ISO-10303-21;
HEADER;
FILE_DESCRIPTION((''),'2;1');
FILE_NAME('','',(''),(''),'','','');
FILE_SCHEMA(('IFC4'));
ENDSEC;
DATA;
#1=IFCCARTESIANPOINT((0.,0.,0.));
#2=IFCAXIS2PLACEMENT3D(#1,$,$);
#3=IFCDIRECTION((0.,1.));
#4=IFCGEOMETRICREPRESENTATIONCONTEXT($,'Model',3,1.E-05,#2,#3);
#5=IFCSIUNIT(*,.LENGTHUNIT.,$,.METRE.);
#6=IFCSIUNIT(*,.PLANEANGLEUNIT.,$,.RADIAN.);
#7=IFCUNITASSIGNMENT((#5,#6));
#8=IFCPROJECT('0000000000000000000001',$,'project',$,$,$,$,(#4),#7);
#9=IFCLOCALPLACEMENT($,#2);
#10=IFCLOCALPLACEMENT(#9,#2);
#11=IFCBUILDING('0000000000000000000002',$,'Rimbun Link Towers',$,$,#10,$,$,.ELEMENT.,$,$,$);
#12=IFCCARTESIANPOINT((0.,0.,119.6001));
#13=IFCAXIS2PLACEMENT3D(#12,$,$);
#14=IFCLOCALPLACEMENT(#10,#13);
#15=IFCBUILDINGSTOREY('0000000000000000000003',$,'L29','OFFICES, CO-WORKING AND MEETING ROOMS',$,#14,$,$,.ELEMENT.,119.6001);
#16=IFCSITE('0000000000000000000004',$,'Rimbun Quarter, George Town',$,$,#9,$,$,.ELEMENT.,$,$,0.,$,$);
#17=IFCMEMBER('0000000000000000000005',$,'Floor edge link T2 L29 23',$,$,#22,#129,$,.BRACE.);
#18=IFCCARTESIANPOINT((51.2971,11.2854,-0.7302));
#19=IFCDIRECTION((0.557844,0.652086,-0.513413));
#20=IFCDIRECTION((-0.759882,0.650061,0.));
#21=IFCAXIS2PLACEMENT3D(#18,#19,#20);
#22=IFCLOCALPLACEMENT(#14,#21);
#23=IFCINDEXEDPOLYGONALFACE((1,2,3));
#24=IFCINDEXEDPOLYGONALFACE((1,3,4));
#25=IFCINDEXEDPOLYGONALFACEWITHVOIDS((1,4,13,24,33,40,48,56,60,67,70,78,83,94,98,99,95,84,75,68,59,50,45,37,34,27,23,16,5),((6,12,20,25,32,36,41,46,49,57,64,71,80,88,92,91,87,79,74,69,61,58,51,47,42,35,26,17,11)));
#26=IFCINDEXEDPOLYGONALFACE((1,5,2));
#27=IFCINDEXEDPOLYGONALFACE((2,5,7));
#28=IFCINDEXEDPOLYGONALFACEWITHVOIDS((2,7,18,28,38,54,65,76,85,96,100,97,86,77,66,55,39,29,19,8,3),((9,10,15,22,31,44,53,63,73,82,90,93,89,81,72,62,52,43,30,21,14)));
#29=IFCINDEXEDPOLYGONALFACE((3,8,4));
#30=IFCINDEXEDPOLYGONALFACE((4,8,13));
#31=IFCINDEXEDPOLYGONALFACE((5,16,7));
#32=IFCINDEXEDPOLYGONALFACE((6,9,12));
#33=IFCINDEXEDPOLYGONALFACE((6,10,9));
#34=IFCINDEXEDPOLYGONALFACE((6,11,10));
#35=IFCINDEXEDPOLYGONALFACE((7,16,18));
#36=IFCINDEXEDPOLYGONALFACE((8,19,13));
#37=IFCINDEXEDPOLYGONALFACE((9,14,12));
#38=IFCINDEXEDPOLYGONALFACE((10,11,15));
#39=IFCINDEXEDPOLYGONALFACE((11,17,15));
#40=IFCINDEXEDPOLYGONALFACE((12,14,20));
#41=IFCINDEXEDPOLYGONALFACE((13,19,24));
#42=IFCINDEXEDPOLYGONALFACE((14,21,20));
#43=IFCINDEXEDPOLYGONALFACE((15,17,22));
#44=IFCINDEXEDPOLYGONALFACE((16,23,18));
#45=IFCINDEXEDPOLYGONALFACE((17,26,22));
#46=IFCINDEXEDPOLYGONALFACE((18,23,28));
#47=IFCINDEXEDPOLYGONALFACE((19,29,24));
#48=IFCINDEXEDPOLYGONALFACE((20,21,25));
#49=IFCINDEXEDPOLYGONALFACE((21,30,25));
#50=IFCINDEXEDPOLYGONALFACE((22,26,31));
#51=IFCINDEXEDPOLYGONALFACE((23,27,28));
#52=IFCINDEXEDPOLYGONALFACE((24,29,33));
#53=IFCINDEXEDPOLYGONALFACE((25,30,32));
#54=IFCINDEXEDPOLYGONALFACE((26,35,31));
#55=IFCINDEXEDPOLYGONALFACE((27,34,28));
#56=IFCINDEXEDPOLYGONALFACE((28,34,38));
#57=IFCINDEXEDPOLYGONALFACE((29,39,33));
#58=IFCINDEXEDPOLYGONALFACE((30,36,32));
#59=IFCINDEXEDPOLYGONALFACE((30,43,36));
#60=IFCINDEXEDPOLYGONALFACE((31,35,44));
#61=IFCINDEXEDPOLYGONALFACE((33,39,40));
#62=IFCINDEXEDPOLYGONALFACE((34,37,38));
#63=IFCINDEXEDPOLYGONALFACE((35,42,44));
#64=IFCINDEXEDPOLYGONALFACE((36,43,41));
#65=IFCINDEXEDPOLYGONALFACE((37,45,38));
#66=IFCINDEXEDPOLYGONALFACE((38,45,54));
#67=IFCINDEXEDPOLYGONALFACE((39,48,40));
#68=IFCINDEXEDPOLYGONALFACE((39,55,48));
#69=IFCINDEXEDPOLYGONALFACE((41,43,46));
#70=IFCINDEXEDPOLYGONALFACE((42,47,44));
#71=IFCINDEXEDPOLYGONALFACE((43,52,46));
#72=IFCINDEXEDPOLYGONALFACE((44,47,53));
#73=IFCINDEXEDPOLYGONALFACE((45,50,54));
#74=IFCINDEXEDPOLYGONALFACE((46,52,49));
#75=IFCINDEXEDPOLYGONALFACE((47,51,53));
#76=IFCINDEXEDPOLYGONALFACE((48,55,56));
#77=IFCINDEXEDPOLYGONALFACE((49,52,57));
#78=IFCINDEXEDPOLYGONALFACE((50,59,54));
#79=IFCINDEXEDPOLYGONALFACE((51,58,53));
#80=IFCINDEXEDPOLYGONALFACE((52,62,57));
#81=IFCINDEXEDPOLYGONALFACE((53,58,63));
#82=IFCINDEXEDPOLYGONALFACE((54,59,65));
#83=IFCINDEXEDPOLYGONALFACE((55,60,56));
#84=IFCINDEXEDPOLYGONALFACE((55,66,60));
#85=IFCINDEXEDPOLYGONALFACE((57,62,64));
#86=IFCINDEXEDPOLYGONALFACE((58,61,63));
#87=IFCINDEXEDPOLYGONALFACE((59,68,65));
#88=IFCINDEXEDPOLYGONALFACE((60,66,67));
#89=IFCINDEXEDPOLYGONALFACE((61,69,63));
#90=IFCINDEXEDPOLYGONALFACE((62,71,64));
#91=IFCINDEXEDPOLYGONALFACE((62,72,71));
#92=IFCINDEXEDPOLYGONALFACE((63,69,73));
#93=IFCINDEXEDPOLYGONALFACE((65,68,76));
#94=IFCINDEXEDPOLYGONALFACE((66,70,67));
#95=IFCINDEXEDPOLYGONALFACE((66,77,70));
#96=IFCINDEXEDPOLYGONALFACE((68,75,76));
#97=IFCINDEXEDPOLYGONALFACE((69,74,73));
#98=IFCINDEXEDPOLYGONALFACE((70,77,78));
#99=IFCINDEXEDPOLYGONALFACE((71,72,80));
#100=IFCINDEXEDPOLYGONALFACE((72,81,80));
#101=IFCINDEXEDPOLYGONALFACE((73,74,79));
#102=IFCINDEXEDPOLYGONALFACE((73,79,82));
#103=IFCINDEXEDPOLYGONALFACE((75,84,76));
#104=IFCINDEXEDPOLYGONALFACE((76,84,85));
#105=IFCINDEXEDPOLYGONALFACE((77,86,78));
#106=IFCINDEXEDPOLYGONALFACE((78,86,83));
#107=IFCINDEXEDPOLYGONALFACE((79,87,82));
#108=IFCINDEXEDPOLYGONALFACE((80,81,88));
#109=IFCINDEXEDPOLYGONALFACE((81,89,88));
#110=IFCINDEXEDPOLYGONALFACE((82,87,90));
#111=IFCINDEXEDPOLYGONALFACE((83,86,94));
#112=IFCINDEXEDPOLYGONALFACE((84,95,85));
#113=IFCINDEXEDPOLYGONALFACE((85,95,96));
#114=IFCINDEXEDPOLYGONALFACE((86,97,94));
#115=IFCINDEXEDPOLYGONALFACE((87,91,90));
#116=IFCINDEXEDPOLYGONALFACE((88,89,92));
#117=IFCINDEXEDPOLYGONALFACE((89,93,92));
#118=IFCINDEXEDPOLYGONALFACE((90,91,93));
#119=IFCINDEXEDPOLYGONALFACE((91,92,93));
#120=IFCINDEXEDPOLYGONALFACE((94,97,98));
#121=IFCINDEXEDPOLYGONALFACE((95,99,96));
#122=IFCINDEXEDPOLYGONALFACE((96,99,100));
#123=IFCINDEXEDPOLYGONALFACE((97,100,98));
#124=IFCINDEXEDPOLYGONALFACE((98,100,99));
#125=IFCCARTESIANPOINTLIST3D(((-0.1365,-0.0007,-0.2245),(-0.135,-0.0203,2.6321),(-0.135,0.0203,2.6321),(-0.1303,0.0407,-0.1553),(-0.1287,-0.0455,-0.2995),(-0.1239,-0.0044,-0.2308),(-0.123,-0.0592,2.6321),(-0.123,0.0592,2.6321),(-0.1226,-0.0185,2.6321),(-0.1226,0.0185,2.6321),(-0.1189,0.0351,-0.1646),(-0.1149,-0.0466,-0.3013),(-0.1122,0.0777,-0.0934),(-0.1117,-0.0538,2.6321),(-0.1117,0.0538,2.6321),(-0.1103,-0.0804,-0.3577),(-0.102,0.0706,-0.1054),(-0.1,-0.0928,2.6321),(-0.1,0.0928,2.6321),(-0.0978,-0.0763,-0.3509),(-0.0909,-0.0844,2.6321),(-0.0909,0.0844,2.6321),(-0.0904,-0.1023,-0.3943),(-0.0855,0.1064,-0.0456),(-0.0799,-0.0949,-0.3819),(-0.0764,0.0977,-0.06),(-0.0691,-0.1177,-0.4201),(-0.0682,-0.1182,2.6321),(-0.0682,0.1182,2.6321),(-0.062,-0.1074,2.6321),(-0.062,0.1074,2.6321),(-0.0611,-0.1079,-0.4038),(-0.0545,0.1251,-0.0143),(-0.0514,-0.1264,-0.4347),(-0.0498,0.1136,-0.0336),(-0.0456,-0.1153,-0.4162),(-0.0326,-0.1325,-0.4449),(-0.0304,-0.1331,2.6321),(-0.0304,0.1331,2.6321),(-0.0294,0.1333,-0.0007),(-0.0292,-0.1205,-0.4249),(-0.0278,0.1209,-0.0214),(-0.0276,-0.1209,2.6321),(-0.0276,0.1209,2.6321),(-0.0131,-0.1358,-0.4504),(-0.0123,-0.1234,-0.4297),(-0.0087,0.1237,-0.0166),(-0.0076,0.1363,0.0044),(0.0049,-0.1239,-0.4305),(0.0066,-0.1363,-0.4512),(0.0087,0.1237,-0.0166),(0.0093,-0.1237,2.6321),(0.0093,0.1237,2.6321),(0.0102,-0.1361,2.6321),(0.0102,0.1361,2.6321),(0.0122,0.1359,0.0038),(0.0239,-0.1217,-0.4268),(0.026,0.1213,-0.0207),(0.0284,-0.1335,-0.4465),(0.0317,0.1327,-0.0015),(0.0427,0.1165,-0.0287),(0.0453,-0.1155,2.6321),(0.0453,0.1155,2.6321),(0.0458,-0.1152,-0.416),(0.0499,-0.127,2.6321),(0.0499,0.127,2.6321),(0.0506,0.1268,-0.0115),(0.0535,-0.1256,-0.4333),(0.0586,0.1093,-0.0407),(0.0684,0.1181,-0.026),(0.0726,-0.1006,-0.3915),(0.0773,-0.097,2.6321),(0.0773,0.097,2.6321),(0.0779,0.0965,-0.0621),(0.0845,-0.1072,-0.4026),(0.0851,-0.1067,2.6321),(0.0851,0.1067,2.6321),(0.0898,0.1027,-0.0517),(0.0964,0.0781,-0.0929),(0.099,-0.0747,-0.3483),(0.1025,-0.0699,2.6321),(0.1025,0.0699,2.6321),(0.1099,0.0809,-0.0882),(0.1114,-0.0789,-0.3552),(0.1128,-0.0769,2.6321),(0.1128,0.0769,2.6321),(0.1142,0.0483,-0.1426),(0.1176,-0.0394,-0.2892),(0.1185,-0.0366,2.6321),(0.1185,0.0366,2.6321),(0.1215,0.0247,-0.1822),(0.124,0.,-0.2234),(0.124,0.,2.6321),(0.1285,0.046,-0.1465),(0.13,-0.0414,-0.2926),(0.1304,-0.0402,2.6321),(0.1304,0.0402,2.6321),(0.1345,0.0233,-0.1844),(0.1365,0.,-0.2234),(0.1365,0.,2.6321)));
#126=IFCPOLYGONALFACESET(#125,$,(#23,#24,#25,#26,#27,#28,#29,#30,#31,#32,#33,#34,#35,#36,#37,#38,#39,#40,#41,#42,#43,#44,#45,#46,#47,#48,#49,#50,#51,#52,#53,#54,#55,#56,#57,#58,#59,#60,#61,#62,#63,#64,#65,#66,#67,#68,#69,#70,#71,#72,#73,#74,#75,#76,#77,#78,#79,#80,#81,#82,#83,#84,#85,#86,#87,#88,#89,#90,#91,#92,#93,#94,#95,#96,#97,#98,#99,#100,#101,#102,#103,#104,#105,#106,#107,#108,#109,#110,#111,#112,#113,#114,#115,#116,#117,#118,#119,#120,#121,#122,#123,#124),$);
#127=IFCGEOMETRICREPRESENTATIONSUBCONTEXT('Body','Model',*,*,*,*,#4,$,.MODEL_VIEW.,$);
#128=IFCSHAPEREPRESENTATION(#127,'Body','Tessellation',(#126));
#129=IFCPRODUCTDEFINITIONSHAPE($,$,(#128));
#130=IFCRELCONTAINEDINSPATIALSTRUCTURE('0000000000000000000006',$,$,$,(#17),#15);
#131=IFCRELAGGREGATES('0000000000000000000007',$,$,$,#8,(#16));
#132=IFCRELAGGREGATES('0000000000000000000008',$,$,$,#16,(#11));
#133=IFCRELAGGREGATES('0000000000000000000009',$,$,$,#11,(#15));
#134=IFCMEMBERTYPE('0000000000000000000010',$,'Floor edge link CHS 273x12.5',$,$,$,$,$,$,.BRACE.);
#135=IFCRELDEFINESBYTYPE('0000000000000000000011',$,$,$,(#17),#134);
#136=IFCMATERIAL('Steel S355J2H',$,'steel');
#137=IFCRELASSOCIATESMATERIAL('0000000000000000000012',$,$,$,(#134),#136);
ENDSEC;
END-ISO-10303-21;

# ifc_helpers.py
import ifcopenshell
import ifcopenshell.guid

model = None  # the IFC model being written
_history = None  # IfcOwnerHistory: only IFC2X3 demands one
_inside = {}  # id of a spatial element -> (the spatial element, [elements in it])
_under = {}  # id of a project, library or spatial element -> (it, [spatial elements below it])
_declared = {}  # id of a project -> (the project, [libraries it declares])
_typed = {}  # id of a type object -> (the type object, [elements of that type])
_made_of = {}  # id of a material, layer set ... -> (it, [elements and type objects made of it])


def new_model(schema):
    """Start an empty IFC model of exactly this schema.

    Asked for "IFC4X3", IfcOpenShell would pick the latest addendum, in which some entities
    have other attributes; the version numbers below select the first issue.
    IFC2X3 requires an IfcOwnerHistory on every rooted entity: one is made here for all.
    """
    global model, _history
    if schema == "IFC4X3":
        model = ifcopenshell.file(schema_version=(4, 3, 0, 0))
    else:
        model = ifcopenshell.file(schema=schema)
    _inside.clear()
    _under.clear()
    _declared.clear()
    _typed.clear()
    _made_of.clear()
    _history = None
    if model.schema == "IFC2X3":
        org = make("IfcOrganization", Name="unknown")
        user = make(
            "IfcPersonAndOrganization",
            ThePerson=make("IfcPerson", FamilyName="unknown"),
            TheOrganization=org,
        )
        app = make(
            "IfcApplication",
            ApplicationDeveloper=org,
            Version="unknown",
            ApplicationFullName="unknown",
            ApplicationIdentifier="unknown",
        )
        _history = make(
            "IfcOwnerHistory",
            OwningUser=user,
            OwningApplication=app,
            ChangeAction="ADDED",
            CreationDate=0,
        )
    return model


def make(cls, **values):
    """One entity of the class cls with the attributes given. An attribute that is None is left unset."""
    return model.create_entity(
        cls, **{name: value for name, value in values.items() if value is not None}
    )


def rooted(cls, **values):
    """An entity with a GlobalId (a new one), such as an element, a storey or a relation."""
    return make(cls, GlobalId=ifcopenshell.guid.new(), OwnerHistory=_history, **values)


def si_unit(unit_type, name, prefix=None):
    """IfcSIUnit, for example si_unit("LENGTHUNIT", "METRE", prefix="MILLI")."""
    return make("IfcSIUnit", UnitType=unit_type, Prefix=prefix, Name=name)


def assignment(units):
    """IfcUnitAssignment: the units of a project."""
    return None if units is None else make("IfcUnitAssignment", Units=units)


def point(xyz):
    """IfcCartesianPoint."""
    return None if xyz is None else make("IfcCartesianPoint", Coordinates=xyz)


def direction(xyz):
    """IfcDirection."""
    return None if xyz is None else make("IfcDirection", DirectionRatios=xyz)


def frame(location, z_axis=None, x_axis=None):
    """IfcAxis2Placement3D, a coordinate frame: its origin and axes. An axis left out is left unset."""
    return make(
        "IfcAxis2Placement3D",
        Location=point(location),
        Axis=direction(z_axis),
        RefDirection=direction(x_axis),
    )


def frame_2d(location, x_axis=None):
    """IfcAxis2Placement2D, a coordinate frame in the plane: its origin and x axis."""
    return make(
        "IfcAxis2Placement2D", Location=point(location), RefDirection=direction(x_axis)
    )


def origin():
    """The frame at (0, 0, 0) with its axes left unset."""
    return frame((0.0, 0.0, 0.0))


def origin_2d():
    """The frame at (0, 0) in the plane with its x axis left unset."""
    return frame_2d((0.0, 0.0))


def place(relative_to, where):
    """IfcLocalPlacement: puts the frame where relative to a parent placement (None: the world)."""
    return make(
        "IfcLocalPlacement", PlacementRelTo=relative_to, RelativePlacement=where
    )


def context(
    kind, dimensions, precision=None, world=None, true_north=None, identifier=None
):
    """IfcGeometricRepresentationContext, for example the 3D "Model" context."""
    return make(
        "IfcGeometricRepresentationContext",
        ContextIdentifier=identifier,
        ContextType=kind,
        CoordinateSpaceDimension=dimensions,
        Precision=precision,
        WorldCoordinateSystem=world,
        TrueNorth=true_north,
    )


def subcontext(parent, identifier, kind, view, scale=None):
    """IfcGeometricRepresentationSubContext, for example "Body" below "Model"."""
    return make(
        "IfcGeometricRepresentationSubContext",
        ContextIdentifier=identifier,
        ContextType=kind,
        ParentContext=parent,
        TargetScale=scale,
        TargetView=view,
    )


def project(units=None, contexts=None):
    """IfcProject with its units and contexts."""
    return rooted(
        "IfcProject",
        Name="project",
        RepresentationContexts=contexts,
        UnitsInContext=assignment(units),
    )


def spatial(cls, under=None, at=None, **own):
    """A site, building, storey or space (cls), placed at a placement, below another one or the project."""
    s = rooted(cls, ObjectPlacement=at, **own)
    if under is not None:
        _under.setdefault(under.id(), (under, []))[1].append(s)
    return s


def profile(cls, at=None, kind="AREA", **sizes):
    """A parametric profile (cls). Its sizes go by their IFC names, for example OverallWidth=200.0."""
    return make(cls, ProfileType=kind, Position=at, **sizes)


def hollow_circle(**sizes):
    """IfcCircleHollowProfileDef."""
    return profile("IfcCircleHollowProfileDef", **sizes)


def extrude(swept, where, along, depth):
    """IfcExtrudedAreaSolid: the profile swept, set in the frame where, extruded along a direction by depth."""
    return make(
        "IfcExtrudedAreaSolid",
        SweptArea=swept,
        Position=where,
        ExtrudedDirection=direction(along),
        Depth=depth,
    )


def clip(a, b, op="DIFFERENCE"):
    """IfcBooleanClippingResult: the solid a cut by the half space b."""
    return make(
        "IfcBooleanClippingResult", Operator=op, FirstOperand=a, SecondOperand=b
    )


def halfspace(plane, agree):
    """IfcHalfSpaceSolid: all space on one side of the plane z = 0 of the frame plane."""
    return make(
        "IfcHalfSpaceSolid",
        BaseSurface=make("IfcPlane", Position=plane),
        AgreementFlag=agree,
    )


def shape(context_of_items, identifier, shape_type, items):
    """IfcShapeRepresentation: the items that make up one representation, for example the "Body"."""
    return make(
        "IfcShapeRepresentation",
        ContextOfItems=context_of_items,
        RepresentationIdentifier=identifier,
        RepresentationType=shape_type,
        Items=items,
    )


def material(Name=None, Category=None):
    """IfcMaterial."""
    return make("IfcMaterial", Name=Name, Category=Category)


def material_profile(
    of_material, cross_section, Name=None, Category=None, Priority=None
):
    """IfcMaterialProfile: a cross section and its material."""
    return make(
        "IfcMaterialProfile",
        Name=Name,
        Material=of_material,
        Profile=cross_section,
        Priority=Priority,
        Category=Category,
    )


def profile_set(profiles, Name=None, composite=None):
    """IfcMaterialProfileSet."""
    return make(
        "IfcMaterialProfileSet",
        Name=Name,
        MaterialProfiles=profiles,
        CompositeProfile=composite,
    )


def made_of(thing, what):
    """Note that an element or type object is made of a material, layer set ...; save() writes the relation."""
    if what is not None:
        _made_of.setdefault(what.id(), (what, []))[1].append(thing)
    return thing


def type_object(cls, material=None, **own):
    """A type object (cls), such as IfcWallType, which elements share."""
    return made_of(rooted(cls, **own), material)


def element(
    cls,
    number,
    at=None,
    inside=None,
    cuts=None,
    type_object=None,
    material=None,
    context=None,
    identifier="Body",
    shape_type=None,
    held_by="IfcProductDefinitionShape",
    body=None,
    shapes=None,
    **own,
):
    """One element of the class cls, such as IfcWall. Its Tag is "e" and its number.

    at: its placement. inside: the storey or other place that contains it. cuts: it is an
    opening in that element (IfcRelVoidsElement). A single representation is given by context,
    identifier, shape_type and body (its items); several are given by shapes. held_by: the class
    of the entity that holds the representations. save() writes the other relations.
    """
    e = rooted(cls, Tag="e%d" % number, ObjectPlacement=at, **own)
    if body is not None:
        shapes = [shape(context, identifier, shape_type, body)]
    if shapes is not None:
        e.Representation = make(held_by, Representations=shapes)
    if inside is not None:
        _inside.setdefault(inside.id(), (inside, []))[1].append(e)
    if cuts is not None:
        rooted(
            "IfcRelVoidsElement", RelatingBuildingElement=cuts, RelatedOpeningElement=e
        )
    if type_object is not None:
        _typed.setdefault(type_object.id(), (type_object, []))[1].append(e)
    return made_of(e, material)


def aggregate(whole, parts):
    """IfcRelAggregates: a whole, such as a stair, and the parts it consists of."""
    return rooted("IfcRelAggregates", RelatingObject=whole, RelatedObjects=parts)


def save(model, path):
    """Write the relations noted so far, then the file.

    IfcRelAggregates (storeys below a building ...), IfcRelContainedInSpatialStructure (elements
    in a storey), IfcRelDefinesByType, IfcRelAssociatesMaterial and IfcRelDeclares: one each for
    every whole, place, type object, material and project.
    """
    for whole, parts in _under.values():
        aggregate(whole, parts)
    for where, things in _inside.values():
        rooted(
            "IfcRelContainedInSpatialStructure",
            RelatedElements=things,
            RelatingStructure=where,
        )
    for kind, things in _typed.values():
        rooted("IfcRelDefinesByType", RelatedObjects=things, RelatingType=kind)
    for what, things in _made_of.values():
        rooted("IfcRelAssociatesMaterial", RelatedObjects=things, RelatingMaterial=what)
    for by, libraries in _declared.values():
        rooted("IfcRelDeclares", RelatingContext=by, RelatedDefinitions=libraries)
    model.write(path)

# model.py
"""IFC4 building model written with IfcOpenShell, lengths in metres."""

from ifc_helpers import new_model, si_unit, direction, frame, origin, origin_2d, place, context, subcontext, project, spatial, hollow_circle, extrude, clip, halfspace, material, material_profile, profile_set, type_object, element, save


model = new_model("IFC4")

# Units and contexts
model_context = context("Model", 3, precision=1e-05, world=origin(), true_north=direction((0.0, 1.0)))
body_context = subcontext(model_context, "Body", "Model", "MODEL_VIEW")
ifc_project = project(units=[si_unit("LENGTHUNIT", "METRE"), si_unit("PLANEANGLEUNIT", "RADIAN")], contexts=[model_context])

# Site, building, storey
site_placement = place(None, origin())
site = spatial("IfcSite", under=ifc_project, at=site_placement, Name="Rimbun Quarter, George Town", CompositionType="ELEMENT", RefElevation=0.0)
building_placement = place(site_placement, origin())
building = spatial("IfcBuilding", under=site, at=building_placement, Name="Rimbun Link Towers", CompositionType="ELEMENT")
storey_placement = place(building_placement, frame((0.0, 0.0, 119.6001)))
storey = spatial("IfcBuildingStorey", under=building, at=storey_placement, Name="L29", Description="OFFICES, CO-WORKING AND MEETING ROOMS", CompositionType="ELEMENT", Elevation=119.6001)

# Member
ifc_material_1 = material(Name="Steel S355J2H", Category="steel")
ifc_material_profile_1 = material_profile(ifc_material_1, hollow_circle(Radius=0.1365, WallThickness=0.0125, at=origin_2d()), Name="CHS 273x12.5")
ifc_profile_set_1 = profile_set([ifc_material_profile_1], Name="Steel S355J2H")
member_type = type_object("IfcMemberType", Name="Floor edge link CHS 273x12.5", PredefinedType="BRACE", material=ifc_profile_set_1)
member_placement = place(storey_placement, frame((51.2971, 11.2854, -0.7302), z_axis=(0.557844, 0.652086, -0.513413), x_axis=(-0.759882, 0.650061, 0.0)))
element("IfcMember", 1, at=member_placement, inside=storey, type_object=member_type, Name="Floor edge link T2 L29 23", PredefinedType="BRACE", context=body_context, shape_type="Clipping", body=[
    clip(extrude(hollow_circle(Radius=0.1365, WallThickness=0.0125, at=origin_2d()), frame((0.0, 0.0, -0.4758)), (0.0, 0.0, 1.0), 3.1079), halfspace(frame((0.0, 0.0, -0.2234), z_axis=(0.0, 0.858141, -0.513413)), False)),
])

save(model, "model.ifc")
